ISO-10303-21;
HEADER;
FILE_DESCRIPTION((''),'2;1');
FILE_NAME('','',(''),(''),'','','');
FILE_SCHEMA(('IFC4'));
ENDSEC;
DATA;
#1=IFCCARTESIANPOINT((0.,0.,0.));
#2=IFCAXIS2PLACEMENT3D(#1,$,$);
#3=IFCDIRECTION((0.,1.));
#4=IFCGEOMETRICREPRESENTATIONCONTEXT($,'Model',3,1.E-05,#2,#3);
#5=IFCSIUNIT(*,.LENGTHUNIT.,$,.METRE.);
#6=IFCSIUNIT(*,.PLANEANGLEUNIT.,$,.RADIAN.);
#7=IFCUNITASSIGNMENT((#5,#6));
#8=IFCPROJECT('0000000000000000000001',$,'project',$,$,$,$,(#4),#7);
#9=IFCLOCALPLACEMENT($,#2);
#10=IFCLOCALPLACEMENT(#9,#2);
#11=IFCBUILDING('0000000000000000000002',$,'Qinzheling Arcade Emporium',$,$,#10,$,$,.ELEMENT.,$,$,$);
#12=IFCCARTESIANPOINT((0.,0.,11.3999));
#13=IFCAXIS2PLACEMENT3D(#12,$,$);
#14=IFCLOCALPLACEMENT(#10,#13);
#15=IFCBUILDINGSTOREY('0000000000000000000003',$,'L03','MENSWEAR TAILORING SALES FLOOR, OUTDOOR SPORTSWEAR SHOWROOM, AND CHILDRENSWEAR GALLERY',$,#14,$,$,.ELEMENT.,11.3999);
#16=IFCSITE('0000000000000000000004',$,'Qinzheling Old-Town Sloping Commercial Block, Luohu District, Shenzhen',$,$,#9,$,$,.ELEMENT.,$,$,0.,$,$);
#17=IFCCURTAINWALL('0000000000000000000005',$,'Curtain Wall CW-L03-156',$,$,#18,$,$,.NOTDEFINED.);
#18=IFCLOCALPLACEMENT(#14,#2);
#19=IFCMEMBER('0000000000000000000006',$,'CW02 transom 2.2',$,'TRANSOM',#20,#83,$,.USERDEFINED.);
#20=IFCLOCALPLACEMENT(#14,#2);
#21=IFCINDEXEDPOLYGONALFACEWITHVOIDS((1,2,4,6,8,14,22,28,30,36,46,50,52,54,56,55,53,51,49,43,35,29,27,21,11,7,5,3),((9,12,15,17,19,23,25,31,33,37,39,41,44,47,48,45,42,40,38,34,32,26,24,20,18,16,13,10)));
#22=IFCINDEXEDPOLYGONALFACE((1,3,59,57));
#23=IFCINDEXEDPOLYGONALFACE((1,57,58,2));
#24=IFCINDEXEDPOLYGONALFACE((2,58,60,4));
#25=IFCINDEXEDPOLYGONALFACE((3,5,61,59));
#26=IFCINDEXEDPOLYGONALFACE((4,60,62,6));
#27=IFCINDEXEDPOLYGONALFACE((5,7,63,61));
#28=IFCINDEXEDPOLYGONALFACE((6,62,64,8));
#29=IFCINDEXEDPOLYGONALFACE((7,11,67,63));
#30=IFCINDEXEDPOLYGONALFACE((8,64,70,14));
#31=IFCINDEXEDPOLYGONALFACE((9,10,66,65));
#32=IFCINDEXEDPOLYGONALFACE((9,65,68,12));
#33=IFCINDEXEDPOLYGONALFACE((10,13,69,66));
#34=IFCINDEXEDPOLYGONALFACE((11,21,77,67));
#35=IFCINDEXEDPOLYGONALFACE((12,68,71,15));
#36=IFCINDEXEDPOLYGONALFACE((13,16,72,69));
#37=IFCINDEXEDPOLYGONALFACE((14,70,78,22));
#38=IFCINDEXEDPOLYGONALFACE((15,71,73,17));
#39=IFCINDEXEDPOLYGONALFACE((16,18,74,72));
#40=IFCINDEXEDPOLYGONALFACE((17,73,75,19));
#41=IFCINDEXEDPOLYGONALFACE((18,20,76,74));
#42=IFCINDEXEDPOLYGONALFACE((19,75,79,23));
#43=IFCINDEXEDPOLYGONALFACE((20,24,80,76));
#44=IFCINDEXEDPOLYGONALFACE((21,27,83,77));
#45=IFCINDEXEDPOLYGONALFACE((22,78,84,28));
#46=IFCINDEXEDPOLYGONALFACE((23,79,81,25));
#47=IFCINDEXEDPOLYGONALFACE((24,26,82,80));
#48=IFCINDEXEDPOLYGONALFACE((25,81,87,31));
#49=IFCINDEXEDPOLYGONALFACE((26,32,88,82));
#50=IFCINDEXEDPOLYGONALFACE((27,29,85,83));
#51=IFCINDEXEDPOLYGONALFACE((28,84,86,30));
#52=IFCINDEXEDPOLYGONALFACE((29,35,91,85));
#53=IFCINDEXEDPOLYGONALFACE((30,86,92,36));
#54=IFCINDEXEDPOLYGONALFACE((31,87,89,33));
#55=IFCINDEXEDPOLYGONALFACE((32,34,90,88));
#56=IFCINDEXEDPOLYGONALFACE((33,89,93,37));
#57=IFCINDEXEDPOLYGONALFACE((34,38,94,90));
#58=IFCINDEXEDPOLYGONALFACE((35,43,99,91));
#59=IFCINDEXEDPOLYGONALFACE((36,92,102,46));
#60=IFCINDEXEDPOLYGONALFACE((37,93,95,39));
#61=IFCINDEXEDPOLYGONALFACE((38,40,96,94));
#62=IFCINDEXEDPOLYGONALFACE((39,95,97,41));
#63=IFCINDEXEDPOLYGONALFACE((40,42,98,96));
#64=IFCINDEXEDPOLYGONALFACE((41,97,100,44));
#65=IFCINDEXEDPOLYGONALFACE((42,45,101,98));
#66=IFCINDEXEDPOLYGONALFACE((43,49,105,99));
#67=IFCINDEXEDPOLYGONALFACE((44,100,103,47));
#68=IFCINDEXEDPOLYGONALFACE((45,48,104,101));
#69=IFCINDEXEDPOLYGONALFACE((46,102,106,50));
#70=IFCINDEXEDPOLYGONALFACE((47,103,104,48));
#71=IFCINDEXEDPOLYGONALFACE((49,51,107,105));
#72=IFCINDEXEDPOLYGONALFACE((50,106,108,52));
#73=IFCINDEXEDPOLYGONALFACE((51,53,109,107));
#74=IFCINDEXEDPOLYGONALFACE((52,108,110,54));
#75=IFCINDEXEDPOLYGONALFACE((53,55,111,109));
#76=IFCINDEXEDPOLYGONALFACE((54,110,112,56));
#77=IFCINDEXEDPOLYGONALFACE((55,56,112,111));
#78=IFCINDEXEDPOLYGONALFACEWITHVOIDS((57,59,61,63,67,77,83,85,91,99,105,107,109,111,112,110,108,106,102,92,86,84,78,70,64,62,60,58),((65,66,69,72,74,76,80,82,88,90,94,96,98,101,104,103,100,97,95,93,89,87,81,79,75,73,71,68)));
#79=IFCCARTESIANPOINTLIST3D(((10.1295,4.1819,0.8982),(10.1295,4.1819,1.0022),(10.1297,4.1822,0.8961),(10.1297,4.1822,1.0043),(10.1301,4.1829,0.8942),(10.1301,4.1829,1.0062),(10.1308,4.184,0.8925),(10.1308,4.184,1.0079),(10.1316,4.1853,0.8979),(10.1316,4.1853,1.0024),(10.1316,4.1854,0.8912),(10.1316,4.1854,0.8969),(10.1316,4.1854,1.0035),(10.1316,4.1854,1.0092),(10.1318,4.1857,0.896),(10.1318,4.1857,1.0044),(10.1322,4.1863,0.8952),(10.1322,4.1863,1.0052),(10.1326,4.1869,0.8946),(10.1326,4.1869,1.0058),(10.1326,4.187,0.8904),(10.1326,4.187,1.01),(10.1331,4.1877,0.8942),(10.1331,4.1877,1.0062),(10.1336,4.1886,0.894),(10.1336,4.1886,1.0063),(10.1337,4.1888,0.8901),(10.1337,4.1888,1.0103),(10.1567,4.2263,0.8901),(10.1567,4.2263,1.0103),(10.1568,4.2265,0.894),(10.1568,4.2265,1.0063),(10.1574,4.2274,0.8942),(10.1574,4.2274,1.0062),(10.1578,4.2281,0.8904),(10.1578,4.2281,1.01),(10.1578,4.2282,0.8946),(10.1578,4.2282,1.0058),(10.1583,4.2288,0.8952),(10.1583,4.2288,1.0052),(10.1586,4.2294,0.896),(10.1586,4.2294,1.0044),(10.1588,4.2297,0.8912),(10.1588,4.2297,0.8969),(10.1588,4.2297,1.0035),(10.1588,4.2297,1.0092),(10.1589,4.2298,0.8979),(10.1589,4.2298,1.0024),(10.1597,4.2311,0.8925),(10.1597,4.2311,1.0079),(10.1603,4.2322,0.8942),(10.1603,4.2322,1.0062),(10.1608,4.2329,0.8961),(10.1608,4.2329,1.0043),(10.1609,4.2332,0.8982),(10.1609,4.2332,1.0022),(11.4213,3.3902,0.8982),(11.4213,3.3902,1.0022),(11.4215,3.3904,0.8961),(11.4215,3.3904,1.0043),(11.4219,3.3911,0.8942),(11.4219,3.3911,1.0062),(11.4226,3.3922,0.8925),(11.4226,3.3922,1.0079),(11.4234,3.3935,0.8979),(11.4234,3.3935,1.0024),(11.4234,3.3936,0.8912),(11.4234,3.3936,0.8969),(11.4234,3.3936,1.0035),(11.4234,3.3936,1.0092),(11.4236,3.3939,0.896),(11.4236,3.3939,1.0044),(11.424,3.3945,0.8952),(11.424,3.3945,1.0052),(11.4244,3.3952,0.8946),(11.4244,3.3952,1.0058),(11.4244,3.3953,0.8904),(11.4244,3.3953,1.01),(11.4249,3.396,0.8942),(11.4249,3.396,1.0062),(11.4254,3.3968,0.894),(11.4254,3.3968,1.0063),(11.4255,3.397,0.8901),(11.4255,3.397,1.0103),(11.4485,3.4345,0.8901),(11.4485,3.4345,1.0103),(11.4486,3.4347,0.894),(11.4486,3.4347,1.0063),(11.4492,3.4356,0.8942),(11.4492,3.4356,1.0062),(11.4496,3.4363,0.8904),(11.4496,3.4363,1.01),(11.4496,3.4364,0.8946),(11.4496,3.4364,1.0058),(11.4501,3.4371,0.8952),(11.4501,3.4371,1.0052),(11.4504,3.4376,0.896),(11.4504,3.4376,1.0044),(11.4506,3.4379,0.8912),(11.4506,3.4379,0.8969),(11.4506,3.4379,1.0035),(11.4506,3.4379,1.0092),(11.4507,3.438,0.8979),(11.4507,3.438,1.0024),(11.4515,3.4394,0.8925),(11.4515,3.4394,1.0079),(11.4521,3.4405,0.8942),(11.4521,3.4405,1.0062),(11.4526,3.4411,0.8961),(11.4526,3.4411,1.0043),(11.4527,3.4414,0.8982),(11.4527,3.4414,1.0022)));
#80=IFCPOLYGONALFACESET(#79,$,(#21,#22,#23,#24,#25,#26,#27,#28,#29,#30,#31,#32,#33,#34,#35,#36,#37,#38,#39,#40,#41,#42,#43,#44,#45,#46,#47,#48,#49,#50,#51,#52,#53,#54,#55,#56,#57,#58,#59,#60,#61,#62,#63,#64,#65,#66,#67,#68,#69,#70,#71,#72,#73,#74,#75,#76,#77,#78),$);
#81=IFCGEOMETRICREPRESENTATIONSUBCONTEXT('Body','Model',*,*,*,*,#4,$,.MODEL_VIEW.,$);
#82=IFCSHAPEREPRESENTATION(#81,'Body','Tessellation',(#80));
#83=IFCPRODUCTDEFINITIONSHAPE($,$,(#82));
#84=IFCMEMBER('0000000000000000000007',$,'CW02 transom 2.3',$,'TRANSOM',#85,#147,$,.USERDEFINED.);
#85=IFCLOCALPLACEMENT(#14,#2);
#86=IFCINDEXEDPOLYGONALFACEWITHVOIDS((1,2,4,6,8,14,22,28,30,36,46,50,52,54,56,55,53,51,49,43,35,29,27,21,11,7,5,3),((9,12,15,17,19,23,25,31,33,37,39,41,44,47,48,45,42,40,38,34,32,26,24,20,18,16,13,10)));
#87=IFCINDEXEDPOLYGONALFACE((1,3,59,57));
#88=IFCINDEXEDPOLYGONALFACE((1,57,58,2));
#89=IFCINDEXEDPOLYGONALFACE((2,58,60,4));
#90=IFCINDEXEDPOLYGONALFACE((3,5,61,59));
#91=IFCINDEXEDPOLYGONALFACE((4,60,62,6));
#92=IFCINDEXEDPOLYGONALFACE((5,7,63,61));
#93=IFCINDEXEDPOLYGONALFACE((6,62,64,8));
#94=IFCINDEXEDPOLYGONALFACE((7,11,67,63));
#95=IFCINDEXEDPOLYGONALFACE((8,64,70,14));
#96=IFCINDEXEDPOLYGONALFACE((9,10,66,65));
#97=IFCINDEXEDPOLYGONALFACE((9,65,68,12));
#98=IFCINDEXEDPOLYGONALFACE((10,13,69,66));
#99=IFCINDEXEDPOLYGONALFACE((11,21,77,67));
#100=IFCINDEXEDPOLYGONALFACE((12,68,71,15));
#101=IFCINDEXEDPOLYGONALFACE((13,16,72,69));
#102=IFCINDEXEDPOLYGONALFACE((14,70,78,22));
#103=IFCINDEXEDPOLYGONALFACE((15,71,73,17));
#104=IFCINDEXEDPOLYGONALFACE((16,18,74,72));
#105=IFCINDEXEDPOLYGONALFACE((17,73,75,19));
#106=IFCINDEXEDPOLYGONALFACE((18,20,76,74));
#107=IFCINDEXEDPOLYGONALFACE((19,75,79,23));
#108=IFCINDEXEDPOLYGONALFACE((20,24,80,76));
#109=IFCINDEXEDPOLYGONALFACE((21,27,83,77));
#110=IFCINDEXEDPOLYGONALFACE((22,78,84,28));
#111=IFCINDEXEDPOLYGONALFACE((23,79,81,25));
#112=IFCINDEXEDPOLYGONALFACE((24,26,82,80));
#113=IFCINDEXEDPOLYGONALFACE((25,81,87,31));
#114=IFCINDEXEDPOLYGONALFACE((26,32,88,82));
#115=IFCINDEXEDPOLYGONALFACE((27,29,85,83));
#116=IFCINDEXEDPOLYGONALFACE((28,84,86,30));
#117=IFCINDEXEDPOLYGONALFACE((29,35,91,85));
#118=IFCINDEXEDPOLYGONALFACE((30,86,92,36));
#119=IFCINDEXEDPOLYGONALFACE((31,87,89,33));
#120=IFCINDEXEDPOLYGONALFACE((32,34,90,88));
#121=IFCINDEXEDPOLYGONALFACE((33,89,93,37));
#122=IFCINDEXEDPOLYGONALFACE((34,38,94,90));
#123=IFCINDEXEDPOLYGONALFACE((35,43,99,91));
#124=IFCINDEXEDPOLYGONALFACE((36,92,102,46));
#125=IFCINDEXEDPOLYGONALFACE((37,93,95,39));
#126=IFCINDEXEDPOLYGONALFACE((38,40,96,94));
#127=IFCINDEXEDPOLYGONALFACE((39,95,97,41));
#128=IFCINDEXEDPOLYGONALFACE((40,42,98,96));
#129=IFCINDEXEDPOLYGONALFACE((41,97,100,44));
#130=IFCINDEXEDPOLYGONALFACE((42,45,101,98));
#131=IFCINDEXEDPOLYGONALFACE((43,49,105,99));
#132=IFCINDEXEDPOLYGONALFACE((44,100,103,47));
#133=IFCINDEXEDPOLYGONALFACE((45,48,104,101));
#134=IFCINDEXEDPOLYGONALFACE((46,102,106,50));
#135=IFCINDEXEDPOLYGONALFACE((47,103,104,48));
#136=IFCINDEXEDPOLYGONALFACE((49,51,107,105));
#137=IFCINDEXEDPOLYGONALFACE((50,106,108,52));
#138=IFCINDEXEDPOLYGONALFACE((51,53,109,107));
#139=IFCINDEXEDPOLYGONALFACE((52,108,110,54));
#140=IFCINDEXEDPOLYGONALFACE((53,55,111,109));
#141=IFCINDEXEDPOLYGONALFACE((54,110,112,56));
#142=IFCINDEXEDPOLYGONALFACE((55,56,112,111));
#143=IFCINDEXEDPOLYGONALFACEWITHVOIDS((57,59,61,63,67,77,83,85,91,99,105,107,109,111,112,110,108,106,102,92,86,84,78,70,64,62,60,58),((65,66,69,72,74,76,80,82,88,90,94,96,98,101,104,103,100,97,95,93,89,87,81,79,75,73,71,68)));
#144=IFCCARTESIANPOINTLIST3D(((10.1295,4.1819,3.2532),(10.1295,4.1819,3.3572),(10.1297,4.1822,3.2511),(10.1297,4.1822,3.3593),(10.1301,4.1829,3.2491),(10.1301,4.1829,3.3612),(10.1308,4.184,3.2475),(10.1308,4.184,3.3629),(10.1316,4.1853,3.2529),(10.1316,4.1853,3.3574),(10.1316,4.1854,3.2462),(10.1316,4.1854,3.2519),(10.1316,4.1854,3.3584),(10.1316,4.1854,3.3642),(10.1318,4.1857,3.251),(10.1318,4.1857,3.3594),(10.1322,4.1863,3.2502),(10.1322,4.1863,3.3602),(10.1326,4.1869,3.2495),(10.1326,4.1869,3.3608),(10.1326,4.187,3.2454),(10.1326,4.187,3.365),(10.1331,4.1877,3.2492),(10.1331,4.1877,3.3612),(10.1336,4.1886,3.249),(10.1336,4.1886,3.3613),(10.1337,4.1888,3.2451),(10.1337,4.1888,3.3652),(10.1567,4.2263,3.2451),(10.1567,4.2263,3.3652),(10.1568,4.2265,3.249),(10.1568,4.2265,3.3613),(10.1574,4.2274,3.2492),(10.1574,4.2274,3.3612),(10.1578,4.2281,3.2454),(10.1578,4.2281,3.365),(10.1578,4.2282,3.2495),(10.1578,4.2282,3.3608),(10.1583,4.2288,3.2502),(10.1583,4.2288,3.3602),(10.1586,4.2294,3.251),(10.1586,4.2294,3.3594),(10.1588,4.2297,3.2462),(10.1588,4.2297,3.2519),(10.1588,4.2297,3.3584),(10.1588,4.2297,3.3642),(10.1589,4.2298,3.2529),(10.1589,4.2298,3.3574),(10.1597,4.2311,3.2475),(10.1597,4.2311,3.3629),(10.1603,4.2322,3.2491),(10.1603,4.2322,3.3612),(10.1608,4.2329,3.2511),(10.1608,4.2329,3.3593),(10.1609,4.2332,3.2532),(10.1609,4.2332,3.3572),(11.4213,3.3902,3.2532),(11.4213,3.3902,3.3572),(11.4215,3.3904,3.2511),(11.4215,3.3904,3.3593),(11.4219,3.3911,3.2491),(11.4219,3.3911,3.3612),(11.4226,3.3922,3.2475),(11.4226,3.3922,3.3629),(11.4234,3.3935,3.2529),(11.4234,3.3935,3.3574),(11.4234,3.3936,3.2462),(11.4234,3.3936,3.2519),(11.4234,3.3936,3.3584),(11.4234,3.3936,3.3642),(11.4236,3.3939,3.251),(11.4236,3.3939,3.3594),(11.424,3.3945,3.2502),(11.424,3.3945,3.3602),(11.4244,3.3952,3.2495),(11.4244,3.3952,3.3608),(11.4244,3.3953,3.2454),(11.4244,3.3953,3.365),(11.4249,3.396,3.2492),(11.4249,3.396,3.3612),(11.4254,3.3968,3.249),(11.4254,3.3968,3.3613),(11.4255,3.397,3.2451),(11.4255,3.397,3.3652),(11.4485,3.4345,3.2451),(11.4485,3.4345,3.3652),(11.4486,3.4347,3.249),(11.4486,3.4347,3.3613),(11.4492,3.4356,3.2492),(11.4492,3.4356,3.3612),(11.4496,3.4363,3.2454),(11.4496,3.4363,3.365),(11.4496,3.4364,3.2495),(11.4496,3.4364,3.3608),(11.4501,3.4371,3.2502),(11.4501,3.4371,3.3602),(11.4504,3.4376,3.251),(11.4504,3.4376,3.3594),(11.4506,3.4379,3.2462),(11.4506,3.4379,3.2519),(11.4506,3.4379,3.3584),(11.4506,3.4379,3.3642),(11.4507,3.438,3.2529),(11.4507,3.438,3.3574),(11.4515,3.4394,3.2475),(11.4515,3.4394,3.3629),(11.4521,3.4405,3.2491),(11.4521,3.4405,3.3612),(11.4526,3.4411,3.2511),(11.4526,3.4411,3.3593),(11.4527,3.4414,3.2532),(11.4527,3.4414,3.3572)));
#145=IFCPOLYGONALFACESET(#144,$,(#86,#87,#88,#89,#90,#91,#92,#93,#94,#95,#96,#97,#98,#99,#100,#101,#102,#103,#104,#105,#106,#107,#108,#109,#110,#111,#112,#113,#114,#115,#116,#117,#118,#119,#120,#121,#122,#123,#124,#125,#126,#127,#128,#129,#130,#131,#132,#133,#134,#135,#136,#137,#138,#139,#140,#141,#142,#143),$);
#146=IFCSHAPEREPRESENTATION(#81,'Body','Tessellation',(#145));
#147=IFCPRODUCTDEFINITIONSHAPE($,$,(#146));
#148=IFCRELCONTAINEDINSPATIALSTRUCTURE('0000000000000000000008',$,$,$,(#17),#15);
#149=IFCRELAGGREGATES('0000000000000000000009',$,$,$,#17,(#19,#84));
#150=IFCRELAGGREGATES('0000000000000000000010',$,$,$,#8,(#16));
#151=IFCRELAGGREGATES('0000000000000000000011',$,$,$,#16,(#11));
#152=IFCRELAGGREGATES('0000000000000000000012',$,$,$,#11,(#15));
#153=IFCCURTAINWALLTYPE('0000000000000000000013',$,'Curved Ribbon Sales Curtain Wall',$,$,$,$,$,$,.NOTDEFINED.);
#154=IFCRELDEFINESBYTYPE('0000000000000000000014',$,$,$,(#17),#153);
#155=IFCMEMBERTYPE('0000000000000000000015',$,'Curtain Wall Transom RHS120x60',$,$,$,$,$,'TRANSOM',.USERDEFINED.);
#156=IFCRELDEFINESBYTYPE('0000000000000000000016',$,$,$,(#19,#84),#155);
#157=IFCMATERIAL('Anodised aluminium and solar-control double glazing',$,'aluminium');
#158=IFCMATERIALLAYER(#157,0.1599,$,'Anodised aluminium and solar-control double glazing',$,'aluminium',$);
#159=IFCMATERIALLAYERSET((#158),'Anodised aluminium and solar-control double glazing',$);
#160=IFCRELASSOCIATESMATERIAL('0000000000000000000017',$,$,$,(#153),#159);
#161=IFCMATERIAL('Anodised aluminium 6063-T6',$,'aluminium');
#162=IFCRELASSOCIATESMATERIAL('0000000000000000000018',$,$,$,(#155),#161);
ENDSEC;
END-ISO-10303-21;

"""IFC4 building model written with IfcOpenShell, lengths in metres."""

from ifc_helpers import new_model, si_unit, direction, frame, origin, origin_2d, place, context, subcontext, project, spatial, hollow_rectangle, extrude, material, layer, layer_set, material_profile, profile_set, type_object, element, aggregate, save


model = new_model("IFC4")

# Units and contexts
model_context = context("Model", 3, precision=1e-05, world=origin(), true_north=direction((0.0, 1.0)))
body_context = subcontext(model_context, "Body", "Model", "MODEL_VIEW")
ifc_project = project(units=[si_unit("LENGTHUNIT", "METRE"), si_unit("PLANEANGLEUNIT", "RADIAN")], contexts=[model_context])

# Site, building, storey
site_placement = place(None, origin())
site = spatial("IfcSite", under=ifc_project, at=site_placement, Name="Qinzheling Old-Town Sloping Commercial Block, Luohu District, Shenzhen", CompositionType="ELEMENT", RefElevation=0.0)
building_placement = place(site_placement, origin())
building = spatial("IfcBuilding", under=site, at=building_placement, Name="Qinzheling Arcade Emporium", CompositionType="ELEMENT")
storey_placement = place(building_placement, frame((0.0, 0.0, 11.3999)))
storey = spatial("IfcBuildingStorey", under=building, at=storey_placement, Name="L03", Description="MENSWEAR TAILORING SALES FLOOR, OUTDOOR SPORTSWEAR SHOWROOM, AND CHILDRENSWEAR GALLERY", CompositionType="ELEMENT", Elevation=11.3999)

# Curtain wall
ifc_material_1 = material(Name="Anodised aluminium and solar-control double glazing", Category="aluminium")
ifc_layer_1 = layer(ifc_material_1, 0.1599, Name="Anodised aluminium and solar-control double glazing", Category="aluminium")
ifc_layer_set_1 = layer_set([ifc_layer_1], Name="Anodised aluminium and solar-control double glazing")
curtain_wall_type = type_object("IfcCurtainWallType", Name="Curved Ribbon Sales Curtain Wall", PredefinedType="NOTDEFINED", material=ifc_layer_set_1)
curtain_wall_1_placement = place(storey_placement, origin())
curtain_wall_1 = element("IfcCurtainWall", 1, at=curtain_wall_1_placement, inside=storey, type_object=curtain_wall_type, Name="Curtain Wall CW-L03-156", PredefinedType="NOTDEFINED")
ifc_material_2 = material(Name="Anodised aluminium 6063-T6", Category="aluminium")

# Members
ifc_material_profile_1 = material_profile(ifc_material_2, hollow_rectangle(XDim=0.0601, YDim=0.1201, WallThickness=0.0039, InnerFilletRadius=0.0039, OuterFilletRadius=0.0081, at=origin_2d()), Name="RHS 120x60x4", Category="aluminium")
ifc_profile_set_1 = profile_set([ifc_material_profile_1], Name="Anodised aluminium 6063-T6")
member_type_1 = type_object("IfcMemberType", Name="Curtain Wall Transom RHS120x60", ElementType="TRANSOM", PredefinedType="USERDEFINED", material=ifc_profile_set_1)
member_1_placement = place(storey_placement, frame((11.437, 3.4158, 0.9502), z_axis=(-0.852592, 0.522577, 0.0), x_axis=(-0.522577, -0.852592, 0.0)))
member_1 = element("IfcMember", 2, at=member_1_placement, type_object=member_type_1, Name="CW02 transom 2.2", ObjectType="TRANSOM", PredefinedType="USERDEFINED", context=body_context, shape_type="SweptSolid", body=[
    extrude(hollow_rectangle(XDim=0.0601, YDim=0.1201, WallThickness=0.0039, InnerFilletRadius=0.0039, OuterFilletRadius=0.0081, at=origin_2d()), origin(), (0.0, 0.0, 1.0), 1.5151),
])
member_2_placement = place(storey_placement, frame((11.437, 3.4158, 3.3052), z_axis=(-0.852592, 0.522577, 0.0), x_axis=(-0.522577, -0.852592, 0.0)))
member_2 = element("IfcMember", 3, at=member_2_placement, type_object=member_type_1, Name="CW02 transom 2.3", ObjectType="TRANSOM", PredefinedType="USERDEFINED", context=body_context, shape_type="SweptSolid", body=[
    extrude(hollow_rectangle(XDim=0.0601, YDim=0.1201, WallThickness=0.0039, InnerFilletRadius=0.0039, OuterFilletRadius=0.0081, at=origin_2d()), origin(), (0.0, 0.0, 1.0), 1.5151),
])

aggregate(curtain_wall_1, [member_1, member_2])

save(model, "model.ifc")
